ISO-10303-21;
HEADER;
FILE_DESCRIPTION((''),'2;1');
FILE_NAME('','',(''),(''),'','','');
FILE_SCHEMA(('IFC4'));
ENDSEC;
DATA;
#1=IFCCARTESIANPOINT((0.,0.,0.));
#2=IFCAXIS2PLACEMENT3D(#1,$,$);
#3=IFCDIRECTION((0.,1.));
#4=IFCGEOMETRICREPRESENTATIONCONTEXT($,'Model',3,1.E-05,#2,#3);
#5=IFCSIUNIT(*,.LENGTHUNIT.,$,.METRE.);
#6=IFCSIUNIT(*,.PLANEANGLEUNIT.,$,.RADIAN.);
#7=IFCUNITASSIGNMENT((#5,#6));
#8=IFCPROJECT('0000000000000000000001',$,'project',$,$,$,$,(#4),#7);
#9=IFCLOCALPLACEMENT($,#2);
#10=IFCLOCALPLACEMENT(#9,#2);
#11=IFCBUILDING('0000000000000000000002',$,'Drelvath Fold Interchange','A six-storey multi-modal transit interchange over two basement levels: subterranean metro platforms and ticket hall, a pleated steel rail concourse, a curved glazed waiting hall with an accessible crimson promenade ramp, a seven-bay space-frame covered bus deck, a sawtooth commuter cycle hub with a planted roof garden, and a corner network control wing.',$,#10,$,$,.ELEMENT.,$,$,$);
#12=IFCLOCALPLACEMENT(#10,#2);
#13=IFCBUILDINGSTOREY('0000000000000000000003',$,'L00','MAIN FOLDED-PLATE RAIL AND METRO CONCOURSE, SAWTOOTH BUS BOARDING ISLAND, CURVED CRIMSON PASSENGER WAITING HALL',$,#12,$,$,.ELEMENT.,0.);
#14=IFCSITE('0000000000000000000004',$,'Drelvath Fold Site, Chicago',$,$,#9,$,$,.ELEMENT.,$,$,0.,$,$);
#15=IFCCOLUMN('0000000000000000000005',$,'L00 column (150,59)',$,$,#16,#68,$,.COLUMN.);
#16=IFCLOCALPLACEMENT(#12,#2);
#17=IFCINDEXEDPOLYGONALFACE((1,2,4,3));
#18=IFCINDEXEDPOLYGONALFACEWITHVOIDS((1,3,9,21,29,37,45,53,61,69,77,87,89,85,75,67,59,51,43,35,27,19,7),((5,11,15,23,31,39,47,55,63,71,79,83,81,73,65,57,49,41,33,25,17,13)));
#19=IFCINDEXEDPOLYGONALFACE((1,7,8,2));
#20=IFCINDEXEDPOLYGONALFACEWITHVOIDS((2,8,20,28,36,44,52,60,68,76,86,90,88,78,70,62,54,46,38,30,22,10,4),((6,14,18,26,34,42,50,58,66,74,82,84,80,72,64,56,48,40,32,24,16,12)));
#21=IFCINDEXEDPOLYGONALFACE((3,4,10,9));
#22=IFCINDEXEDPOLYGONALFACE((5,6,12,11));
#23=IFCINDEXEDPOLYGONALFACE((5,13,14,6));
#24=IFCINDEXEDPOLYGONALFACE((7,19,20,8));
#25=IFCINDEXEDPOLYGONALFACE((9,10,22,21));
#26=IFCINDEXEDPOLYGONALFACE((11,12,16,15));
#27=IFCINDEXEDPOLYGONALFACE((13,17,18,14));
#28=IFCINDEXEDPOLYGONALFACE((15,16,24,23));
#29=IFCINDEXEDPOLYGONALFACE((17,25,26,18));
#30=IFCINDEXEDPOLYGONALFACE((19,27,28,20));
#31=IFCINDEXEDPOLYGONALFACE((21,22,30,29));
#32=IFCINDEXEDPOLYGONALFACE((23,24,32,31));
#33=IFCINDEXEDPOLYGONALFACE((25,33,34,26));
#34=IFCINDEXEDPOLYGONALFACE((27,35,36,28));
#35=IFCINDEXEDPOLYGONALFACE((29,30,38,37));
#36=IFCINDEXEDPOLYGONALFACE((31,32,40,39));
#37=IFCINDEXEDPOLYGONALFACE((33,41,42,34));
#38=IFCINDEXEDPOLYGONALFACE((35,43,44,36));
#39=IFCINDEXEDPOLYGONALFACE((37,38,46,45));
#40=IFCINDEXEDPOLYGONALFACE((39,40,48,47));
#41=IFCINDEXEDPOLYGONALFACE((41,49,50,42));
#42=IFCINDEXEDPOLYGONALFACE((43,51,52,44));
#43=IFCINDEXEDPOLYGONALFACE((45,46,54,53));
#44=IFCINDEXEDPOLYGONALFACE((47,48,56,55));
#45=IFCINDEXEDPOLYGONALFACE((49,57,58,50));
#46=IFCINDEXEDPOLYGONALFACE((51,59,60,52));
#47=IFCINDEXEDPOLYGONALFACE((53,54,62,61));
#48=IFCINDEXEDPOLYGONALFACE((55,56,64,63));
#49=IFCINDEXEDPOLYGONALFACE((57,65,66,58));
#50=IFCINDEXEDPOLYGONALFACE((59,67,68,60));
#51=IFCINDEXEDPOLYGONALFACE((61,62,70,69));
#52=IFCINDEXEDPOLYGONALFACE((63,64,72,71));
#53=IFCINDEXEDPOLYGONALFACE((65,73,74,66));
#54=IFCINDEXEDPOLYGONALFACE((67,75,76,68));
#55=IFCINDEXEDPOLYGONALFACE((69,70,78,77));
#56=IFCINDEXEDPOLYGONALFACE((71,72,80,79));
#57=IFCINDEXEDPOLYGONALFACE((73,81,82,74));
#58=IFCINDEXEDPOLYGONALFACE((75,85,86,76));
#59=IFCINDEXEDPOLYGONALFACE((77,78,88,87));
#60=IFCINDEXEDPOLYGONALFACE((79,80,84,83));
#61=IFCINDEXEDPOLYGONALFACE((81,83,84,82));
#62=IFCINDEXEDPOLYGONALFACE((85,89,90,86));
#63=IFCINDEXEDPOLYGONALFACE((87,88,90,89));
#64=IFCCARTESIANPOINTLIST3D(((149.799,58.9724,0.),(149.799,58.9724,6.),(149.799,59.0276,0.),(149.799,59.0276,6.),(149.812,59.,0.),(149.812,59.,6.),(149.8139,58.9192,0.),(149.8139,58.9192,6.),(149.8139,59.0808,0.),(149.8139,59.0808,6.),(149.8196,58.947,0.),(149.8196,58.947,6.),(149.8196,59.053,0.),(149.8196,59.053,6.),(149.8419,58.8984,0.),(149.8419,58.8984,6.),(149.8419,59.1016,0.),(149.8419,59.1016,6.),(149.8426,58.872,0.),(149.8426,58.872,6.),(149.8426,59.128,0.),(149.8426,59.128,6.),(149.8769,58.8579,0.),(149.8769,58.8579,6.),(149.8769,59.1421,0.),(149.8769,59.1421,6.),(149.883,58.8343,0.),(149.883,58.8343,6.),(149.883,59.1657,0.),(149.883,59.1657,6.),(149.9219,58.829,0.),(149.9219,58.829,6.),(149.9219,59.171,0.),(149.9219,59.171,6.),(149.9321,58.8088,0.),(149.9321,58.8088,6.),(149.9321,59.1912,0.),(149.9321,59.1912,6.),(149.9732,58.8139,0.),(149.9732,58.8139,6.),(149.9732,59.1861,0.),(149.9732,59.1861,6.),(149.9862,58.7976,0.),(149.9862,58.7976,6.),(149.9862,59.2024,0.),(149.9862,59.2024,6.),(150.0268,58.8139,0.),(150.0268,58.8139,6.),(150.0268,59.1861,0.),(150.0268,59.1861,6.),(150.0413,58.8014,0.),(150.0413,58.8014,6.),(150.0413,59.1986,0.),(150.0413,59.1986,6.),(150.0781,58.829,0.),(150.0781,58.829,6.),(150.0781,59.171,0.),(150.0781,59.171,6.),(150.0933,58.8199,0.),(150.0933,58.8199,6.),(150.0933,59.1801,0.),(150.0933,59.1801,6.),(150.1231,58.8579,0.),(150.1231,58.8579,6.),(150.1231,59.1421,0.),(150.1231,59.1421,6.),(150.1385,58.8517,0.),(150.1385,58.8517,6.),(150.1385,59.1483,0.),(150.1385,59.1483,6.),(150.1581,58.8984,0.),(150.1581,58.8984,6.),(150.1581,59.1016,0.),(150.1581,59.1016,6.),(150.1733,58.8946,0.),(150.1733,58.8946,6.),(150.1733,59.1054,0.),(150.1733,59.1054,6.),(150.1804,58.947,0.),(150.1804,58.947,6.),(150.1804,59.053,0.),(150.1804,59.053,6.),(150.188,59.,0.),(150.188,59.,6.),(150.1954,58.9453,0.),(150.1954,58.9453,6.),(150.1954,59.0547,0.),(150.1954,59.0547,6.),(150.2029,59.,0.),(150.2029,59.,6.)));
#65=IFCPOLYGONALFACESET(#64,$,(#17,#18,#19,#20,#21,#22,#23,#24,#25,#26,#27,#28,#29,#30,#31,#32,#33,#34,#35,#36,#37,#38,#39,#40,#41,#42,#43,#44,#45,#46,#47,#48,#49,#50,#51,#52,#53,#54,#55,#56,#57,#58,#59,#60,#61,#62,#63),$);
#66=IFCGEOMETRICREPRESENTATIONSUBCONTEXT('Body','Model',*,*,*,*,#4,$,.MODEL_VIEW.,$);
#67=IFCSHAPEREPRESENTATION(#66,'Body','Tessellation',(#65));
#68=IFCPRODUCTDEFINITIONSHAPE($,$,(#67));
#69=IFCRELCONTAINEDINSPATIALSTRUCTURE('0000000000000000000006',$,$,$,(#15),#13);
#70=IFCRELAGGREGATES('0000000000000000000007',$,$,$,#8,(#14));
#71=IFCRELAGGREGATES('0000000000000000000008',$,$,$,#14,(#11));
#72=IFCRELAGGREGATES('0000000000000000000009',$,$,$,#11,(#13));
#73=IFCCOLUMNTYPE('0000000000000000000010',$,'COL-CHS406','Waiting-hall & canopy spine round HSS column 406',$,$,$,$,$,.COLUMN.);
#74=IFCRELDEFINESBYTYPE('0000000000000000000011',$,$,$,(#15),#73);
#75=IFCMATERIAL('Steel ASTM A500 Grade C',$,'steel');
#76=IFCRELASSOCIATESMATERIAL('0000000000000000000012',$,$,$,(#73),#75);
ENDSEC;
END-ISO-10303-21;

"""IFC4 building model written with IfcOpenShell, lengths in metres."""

from ifc_helpers import new_model, si_unit, direction, frame, origin, origin_2d, place, context, subcontext, project, spatial, hollow_circle, extrude, material, material_profile, profile_set, type_object, element, save


model = new_model("IFC4")

# Units and contexts
model_context = context("Model", 3, precision=1e-05, world=origin(), true_north=direction((0.0, 1.0)))
body_context = subcontext(model_context, "Body", "Model", "MODEL_VIEW")
ifc_project = project(units=[si_unit("LENGTHUNIT", "METRE"), si_unit("PLANEANGLEUNIT", "RADIAN")], contexts=[model_context])

# Site, building, storey
site_placement = place(None, origin())
site = spatial("IfcSite", under=ifc_project, at=site_placement, Name="Drelvath Fold Site, Chicago", CompositionType="ELEMENT", RefElevation=0.0)
building_placement = place(site_placement, origin())
building = spatial("IfcBuilding", under=site, at=building_placement, Name="Drelvath Fold Interchange", Description="A six-storey multi-modal transit interchange over two basement levels: subterranean metro platforms and ticket hall, a pleated steel rail concourse, a curved glazed waiting hall with an accessible crimson promenade ramp, a seven-bay space-frame covered bus deck, a sawtooth commuter cycle hub with a planted roof garden, and a corner network control wing.", CompositionType="ELEMENT")
storey_placement = place(building_placement, origin())
storey = spatial("IfcBuildingStorey", under=building, at=storey_placement, Name="L00", Description="MAIN FOLDED-PLATE RAIL AND METRO CONCOURSE, SAWTOOTH BUS BOARDING ISLAND, CURVED CRIMSON PASSENGER WAITING HALL", CompositionType="ELEMENT", Elevation=0.0)

# Column
ifc_material_1 = material(Name="Steel ASTM A500 Grade C", Category="steel")
ifc_material_profile_1 = material_profile(ifc_material_1, hollow_circle(Radius=0.2029, WallThickness=0.0149, at=origin_2d()), Name="HSS16.000X0.625")
ifc_profile_set_1 = profile_set([ifc_material_profile_1], Name="Steel ASTM A500 Grade C")
column_type_1 = type_object("IfcColumnType", Name="COL-CHS406", Description="Waiting-hall & canopy spine round HSS column 406", PredefinedType="COLUMN", material=ifc_profile_set_1)
column_1_placement = place(storey_placement, frame((150.0, 59.0, 0.0), z_axis=(0.0, 0.0, 1.0), x_axis=(1.0, 0.0, 0.0)))
element("IfcColumn", 1, at=column_1_placement, inside=storey, type_object=column_type_1, Name="L00 column (150,59)", PredefinedType="COLUMN", context=body_context, shape_type="SweptSolid", body=[
    extrude(hollow_circle(Radius=0.2029, WallThickness=0.0149, at=origin_2d()), origin(), (0.0, 0.0, 1.0), 6.0),
])

save(model, "model.ifc")
